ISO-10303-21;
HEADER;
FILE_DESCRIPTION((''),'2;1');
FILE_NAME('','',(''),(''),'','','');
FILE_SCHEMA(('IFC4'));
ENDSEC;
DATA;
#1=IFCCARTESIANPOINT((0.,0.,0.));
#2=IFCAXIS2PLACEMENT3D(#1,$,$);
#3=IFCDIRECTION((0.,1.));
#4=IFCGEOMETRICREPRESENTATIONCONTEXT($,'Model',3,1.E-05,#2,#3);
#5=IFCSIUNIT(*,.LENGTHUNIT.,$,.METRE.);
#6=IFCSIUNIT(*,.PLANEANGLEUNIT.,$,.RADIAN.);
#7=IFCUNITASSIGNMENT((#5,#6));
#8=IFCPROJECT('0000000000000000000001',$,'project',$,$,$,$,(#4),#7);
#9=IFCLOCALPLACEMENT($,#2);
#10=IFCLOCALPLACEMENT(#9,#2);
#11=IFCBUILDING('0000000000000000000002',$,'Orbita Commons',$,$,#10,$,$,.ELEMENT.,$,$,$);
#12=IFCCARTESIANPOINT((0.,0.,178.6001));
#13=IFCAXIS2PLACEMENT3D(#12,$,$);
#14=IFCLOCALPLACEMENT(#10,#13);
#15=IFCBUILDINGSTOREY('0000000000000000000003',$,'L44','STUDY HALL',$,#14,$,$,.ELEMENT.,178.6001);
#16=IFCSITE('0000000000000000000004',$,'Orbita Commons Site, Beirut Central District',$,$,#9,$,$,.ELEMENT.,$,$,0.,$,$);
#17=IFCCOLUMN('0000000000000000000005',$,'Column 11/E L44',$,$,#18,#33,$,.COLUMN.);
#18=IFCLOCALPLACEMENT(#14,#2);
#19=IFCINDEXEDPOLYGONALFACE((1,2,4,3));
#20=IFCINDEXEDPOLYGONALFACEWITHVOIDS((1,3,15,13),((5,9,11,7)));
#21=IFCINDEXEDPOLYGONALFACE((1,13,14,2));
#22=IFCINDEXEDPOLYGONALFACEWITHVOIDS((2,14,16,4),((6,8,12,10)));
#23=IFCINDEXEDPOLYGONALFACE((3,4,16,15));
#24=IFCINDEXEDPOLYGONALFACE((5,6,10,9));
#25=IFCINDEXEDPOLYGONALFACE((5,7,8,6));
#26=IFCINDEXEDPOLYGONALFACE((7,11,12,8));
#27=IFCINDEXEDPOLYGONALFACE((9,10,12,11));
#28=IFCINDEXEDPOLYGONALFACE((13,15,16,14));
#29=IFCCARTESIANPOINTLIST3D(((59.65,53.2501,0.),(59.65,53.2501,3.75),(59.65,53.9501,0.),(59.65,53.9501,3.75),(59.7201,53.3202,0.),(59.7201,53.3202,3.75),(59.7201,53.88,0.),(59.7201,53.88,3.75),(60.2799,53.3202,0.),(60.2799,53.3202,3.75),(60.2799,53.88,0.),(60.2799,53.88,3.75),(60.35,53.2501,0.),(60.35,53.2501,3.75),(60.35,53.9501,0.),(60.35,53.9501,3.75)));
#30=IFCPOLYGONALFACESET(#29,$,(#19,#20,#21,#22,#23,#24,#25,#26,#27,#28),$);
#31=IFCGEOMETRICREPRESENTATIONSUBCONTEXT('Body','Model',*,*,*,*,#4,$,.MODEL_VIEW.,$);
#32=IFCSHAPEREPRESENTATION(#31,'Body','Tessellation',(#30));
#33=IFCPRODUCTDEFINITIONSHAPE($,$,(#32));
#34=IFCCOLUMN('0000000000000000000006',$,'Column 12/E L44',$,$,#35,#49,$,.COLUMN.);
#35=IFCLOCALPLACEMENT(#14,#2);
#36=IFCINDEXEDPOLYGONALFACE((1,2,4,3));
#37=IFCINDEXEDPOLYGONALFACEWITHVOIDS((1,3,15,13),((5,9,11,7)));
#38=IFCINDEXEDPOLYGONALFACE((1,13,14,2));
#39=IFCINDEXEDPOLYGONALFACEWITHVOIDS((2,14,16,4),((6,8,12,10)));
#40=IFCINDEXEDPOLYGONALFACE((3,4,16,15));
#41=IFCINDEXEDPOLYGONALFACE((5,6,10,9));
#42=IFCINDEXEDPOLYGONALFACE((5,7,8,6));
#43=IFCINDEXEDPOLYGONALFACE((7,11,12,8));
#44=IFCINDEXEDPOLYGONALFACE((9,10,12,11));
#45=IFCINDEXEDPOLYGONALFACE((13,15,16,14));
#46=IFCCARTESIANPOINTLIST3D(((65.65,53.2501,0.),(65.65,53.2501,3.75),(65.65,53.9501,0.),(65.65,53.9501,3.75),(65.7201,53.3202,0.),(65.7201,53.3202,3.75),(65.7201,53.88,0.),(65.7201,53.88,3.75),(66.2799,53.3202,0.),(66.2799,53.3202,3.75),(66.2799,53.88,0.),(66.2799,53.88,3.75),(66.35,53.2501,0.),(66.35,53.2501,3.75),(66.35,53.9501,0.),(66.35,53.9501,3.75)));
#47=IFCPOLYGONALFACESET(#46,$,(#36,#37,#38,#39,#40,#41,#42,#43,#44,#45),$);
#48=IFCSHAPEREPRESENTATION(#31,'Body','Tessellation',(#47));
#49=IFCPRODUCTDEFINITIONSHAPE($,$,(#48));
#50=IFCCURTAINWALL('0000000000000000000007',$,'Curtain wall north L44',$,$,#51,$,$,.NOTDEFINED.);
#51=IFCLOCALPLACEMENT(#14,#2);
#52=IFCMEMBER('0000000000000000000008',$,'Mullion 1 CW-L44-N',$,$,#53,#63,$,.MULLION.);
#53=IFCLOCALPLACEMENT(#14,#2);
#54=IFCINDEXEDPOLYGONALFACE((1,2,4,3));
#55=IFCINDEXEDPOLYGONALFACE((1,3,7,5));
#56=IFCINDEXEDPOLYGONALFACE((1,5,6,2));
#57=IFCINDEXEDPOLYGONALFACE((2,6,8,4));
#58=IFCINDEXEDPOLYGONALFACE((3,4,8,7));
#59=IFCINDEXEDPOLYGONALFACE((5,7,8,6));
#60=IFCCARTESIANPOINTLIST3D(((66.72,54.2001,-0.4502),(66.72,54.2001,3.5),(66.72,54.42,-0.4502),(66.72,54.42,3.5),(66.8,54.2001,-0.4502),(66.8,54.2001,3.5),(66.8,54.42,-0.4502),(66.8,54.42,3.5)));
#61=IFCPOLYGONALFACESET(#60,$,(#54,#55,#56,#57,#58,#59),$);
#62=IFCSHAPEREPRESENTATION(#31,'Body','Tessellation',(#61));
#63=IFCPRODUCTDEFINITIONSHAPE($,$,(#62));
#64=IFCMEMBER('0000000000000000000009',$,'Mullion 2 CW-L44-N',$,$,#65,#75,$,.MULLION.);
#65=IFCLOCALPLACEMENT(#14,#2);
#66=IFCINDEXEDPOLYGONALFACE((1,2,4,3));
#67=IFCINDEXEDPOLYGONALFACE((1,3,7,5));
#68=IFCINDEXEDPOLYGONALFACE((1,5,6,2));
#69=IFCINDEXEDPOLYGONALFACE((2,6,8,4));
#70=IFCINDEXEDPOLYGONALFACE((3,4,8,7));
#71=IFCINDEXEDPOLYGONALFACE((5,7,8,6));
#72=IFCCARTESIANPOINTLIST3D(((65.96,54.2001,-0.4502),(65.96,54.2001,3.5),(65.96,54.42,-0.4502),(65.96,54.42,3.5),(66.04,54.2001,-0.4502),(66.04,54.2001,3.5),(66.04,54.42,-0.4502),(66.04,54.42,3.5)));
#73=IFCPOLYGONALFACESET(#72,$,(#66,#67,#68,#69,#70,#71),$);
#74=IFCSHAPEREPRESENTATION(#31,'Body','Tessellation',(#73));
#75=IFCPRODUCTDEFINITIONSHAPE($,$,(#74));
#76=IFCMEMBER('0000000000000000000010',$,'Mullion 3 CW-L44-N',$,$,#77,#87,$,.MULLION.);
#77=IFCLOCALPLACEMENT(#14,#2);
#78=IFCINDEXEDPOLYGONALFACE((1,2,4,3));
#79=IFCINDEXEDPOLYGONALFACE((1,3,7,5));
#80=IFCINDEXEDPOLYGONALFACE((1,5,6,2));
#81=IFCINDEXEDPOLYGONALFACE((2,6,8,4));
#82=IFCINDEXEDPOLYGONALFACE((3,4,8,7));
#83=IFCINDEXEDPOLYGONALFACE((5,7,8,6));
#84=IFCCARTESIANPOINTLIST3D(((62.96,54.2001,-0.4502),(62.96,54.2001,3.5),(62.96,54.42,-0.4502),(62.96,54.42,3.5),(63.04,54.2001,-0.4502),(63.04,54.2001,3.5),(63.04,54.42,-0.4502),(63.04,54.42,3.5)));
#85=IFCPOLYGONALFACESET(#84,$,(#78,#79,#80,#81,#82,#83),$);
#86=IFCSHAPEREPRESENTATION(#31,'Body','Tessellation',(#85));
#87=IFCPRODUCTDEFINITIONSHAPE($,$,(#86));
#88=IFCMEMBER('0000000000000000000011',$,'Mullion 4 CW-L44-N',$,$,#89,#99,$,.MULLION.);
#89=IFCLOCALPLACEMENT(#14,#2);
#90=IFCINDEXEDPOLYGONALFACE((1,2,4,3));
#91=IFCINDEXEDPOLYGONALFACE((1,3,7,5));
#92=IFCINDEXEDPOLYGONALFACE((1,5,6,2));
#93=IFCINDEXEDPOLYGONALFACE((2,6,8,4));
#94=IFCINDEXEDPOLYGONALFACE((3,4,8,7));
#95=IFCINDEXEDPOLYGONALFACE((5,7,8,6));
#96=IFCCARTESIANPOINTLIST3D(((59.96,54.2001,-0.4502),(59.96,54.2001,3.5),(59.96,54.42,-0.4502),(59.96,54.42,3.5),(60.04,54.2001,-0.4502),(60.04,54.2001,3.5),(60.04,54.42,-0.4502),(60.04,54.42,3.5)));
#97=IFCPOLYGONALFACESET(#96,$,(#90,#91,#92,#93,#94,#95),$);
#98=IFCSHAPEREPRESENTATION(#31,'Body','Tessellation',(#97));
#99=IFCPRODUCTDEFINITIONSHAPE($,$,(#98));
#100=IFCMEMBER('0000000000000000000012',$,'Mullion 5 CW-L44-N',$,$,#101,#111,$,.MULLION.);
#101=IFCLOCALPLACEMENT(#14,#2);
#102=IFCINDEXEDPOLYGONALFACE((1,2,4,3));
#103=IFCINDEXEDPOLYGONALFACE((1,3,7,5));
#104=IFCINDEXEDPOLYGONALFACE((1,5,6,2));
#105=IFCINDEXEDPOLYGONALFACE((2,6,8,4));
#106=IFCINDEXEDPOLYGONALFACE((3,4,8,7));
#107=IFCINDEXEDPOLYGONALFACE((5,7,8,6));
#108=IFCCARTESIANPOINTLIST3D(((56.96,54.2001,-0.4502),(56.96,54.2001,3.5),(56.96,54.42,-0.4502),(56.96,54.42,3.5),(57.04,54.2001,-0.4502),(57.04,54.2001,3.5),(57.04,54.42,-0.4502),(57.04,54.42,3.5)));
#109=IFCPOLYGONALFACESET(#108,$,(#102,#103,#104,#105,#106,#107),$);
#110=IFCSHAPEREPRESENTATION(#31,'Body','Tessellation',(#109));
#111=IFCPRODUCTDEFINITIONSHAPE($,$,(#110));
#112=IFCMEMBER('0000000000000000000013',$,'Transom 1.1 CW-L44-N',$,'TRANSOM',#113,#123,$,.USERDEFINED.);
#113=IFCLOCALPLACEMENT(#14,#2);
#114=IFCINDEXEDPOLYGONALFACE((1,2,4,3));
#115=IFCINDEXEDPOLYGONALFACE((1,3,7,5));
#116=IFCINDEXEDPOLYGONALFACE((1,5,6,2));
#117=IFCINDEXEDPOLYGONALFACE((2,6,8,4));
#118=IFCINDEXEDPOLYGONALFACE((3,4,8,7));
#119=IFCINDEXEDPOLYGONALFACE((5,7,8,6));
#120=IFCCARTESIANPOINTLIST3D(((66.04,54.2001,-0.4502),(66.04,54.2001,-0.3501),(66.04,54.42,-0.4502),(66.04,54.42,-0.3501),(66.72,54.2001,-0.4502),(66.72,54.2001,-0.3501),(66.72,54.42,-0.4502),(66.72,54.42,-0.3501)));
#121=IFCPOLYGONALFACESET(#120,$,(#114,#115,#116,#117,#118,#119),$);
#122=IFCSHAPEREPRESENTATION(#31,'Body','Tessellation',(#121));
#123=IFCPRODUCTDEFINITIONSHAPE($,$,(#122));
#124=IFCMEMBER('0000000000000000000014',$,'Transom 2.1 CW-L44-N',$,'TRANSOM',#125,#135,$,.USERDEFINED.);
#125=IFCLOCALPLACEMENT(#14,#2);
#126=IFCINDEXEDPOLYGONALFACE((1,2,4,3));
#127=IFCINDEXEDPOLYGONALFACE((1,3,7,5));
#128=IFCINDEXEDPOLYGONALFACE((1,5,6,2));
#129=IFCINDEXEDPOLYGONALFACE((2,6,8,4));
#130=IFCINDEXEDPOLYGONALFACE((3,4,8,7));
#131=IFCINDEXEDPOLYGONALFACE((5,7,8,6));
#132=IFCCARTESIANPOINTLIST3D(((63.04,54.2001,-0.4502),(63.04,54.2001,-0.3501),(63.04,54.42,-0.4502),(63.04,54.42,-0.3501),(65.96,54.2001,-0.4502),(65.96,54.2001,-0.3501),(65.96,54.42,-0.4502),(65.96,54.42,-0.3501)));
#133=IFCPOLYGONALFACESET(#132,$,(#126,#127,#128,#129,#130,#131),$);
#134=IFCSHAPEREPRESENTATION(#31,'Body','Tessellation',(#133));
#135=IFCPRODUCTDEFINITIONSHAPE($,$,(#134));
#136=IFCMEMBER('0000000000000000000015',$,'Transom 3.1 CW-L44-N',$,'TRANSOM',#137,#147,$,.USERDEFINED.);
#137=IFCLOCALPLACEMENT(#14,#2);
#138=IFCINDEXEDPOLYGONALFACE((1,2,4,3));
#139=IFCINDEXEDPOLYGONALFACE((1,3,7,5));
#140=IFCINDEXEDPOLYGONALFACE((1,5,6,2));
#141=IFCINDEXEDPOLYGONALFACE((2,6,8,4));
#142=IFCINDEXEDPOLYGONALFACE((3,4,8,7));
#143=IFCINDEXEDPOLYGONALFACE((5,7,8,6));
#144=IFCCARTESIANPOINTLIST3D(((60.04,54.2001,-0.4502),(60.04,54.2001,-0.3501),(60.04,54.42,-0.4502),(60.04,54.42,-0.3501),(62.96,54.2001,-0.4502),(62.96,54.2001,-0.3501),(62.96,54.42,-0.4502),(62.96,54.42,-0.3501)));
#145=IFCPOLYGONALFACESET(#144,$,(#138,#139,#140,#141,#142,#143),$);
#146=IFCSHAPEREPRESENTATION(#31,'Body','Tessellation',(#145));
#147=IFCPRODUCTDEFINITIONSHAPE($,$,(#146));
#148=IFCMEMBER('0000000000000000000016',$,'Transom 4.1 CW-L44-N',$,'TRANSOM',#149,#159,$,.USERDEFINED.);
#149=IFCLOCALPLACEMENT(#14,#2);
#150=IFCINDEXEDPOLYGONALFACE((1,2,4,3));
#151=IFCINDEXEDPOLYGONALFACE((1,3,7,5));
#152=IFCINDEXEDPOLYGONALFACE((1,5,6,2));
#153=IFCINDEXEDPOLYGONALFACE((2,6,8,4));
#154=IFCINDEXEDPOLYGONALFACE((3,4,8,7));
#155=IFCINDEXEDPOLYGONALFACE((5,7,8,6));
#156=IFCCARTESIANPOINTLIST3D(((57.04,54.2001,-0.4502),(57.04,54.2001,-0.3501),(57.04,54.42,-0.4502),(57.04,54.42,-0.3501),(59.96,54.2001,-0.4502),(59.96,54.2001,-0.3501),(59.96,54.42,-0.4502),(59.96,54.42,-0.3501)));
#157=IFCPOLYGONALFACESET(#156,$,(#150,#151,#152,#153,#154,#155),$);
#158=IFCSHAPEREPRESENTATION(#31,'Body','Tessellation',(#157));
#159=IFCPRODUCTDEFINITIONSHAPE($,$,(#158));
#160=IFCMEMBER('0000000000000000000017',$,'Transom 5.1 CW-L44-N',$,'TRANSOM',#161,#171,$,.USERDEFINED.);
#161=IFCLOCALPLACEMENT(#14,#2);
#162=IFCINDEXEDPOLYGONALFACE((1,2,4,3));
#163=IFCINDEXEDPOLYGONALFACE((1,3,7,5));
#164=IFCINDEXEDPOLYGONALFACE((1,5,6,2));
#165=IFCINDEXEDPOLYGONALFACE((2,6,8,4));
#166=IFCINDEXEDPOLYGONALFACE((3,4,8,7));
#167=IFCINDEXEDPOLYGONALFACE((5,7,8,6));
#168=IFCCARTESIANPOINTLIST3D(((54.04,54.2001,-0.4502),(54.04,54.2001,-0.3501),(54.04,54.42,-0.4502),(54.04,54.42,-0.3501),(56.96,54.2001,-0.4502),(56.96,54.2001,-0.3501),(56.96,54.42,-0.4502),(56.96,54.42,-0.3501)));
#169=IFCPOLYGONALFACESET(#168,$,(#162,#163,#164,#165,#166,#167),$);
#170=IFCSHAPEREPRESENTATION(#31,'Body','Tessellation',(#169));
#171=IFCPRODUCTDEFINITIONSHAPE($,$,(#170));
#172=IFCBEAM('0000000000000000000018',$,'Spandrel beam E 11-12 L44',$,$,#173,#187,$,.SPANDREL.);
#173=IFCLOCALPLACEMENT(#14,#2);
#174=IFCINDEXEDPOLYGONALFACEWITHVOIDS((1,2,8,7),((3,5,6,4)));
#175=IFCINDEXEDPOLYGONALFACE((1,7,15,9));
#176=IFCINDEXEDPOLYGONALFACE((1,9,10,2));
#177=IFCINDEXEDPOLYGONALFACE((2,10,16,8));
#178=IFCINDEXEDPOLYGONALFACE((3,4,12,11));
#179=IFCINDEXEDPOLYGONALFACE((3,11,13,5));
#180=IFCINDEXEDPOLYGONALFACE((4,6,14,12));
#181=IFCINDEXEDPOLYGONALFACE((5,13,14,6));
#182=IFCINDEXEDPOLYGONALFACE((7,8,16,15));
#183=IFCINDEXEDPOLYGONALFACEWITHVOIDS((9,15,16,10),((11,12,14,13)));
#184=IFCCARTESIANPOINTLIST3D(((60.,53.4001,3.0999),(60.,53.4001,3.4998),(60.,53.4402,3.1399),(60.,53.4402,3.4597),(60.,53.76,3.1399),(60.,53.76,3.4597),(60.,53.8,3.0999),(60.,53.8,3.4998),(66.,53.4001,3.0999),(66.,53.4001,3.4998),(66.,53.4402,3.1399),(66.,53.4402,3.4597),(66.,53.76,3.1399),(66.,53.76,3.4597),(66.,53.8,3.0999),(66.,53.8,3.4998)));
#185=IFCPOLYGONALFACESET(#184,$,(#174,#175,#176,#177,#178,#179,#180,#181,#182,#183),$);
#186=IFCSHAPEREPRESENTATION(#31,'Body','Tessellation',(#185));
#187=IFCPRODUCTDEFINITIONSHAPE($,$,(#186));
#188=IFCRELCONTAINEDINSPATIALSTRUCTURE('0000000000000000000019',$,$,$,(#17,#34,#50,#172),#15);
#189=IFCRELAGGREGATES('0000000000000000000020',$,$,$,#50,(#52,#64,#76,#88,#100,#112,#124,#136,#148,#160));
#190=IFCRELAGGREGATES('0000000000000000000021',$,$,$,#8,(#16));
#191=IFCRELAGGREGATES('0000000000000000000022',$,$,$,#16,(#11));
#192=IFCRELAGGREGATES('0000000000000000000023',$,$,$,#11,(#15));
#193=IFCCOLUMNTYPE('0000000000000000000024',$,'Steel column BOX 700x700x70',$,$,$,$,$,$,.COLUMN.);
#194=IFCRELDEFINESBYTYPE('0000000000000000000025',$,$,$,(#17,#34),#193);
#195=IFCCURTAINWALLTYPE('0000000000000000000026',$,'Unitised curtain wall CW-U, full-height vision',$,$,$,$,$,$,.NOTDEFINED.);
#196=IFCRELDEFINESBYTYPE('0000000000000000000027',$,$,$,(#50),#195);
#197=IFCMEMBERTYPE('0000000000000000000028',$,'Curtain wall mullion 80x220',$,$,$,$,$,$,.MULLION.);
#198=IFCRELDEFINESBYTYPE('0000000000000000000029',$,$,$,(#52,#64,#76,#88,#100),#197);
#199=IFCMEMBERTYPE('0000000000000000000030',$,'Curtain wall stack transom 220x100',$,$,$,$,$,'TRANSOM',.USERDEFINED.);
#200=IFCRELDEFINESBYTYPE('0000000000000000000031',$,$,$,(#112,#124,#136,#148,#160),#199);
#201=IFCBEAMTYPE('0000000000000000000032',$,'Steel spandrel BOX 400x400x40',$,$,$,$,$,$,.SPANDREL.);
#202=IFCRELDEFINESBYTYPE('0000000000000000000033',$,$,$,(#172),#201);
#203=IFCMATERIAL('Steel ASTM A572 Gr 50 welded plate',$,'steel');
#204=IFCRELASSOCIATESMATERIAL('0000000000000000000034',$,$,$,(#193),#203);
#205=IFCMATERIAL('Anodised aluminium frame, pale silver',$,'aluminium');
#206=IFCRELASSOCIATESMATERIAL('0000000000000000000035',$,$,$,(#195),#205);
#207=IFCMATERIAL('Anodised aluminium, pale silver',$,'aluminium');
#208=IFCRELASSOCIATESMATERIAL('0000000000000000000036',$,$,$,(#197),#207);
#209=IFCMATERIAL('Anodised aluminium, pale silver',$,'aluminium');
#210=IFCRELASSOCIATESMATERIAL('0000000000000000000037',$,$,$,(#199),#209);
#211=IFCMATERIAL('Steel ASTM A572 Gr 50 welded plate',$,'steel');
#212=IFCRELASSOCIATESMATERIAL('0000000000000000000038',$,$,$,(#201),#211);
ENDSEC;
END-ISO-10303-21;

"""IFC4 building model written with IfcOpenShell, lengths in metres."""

from ifc_helpers import new_model, si_unit, direction, frame, origin, origin_2d, place, context, subcontext, project, spatial, rectangle, hollow_rectangle, extrude, material, material_profile, profile_set, type_object, element, aggregate, save


model = new_model("IFC4")

# Units and contexts
model_context = context("Model", 3, precision=1e-05, world=origin(), true_north=direction((0.0, 1.0)))
body_context = subcontext(model_context, "Body", "Model", "MODEL_VIEW")
ifc_project = project(units=[si_unit("LENGTHUNIT", "METRE"), si_unit("PLANEANGLEUNIT", "RADIAN")], contexts=[model_context])

# Site, building, storey
site_placement = place(None, origin())
site = spatial("IfcSite", under=ifc_project, at=site_placement, Name="Orbita Commons Site, Beirut Central District", CompositionType="ELEMENT", RefElevation=0.0)
building_placement = place(site_placement, origin())
building = spatial("IfcBuilding", under=site, at=building_placement, Name="Orbita Commons", CompositionType="ELEMENT")
storey_placement = place(building_placement, frame((0.0, 0.0, 178.6001)))
storey = spatial("IfcBuildingStorey", under=building, at=storey_placement, Name="L44", Description="STUDY HALL", CompositionType="ELEMENT", Elevation=178.6001)

# Columns
ifc_material_1 = material(Name="Steel ASTM A572 Gr 50 welded plate", Category="steel")
ifc_material_profile_1 = material_profile(ifc_material_1, hollow_rectangle(XDim=0.7, YDim=0.7, WallThickness=0.0701, at=origin_2d()), Name="BOX 700x700x70")
ifc_profile_set_1 = profile_set([ifc_material_profile_1], Name="Steel ASTM A572 Gr 50 welded plate")
column_type = type_object("IfcColumnType", Name="Steel column BOX 700x700x70", PredefinedType="COLUMN", material=ifc_profile_set_1)
for number, where, z_axis, x_axis, name in (
    (1, (60.0, 53.6001, 0.0), (0.0, 0.0, 1.0), (1.0, 0.0, 0.0), "Column 11/E L44"),
    (2, (66.0, 53.6001, 0.0), (0.0, 0.0, 1.0), (1.0, 0.0, 0.0), "Column 12/E L44"),
):
    element("IfcColumn", number, at=place(storey_placement, frame(where, z_axis=z_axis, x_axis=x_axis)), inside=storey, type_object=column_type, Name=name, PredefinedType="COLUMN", context=body_context, shape_type="SweptSolid", body=[
        extrude(hollow_rectangle(XDim=0.7, YDim=0.7, WallThickness=0.0701, at=origin_2d()), origin(), (0.0, 0.0, 1.0), 3.75),
    ])

# Curtain wall, members
ifc_material_2 = material(Name="Anodised aluminium frame, pale silver", Category="aluminium")
curtain_wall_type = type_object("IfcCurtainWallType", Name="Unitised curtain wall CW-U, full-height vision", PredefinedType="NOTDEFINED", material=ifc_material_2)
curtain_wall_placement = place(storey_placement, origin())
curtain_wall = element("IfcCurtainWall", 3, at=curtain_wall_placement, inside=storey, type_object=curtain_wall_type, Name="Curtain wall north L44", PredefinedType="NOTDEFINED")
ifc_material_3 = material(Name="Anodised aluminium, pale silver", Category="aluminium")
ifc_material_profile_2 = material_profile(ifc_material_3, rectangle(XDim=0.0801, YDim=0.22, at=origin_2d()), Name="AL 80x220")
ifc_profile_set_2 = profile_set([ifc_material_profile_2], Name="Anodised aluminium, pale silver")
member_type_1 = type_object("IfcMemberType", Name="Curtain wall mullion 80x220", PredefinedType="MULLION", material=ifc_profile_set_2)
member_1_placement = place(storey_placement, frame((66.76, 54.3101, -0.4502), z_axis=(0.0, 0.0, 1.0), x_axis=(-1.0, 0.0, 0.0)))
member_1 = element("IfcMember", 4, at=member_1_placement, type_object=member_type_1, Name="Mullion 1 CW-L44-N", PredefinedType="MULLION", context=body_context, shape_type="SweptSolid", body=[
    extrude(rectangle(XDim=0.0801, YDim=0.22, at=origin_2d()), origin(), (0.0, 0.0, 1.0), 3.9502),
])
member_2_placement = place(storey_placement, frame((66.0, 54.3101, -0.4502), z_axis=(0.0, 0.0, 1.0), x_axis=(-1.0, 0.0, 0.0)))
member_2 = element("IfcMember", 5, at=member_2_placement, type_object=member_type_1, Name="Mullion 2 CW-L44-N", PredefinedType="MULLION", context=body_context, shape_type="SweptSolid", body=[
    extrude(rectangle(XDim=0.0801, YDim=0.22, at=origin_2d()), origin(), (0.0, 0.0, 1.0), 3.9502),
])
member_3_placement = place(storey_placement, frame((63.0, 54.3101, -0.4502), z_axis=(0.0, 0.0, 1.0), x_axis=(-1.0, 0.0, 0.0)))
member_3 = element("IfcMember", 6, at=member_3_placement, type_object=member_type_1, Name="Mullion 3 CW-L44-N", PredefinedType="MULLION", context=body_context, shape_type="SweptSolid", body=[
    extrude(rectangle(XDim=0.0801, YDim=0.22, at=origin_2d()), origin(), (0.0, 0.0, 1.0), 3.9502),
])
member_4_placement = place(storey_placement, frame((60.0, 54.3101, -0.4502), z_axis=(0.0, 0.0, 1.0), x_axis=(-1.0, 0.0, 0.0)))
member_4 = element("IfcMember", 7, at=member_4_placement, type_object=member_type_1, Name="Mullion 4 CW-L44-N", PredefinedType="MULLION", context=body_context, shape_type="SweptSolid", body=[
    extrude(rectangle(XDim=0.0801, YDim=0.22, at=origin_2d()), origin(), (0.0, 0.0, 1.0), 3.9502),
])
member_5_placement = place(storey_placement, frame((57.0, 54.3101, -0.4502), z_axis=(0.0, 0.0, 1.0), x_axis=(-1.0, 0.0, 0.0)))
member_5 = element("IfcMember", 8, at=member_5_placement, type_object=member_type_1, Name="Mullion 5 CW-L44-N", PredefinedType="MULLION", context=body_context, shape_type="SweptSolid", body=[
    extrude(rectangle(XDim=0.0801, YDim=0.22, at=origin_2d()), origin(), (0.0, 0.0, 1.0), 3.9502),
])
ifc_material_4 = material(Name="Anodised aluminium, pale silver", Category="aluminium")
ifc_material_profile_3 = material_profile(ifc_material_4, rectangle(XDim=0.22, YDim=0.1001, at=origin_2d()), Name="AL 220x100")
ifc_profile_set_3 = profile_set([ifc_material_profile_3], Name="Anodised aluminium, pale silver")
member_type_2 = type_object("IfcMemberType", Name="Curtain wall stack transom 220x100", ElementType="TRANSOM", PredefinedType="USERDEFINED", material=ifc_profile_set_3)
member_6_placement = place(storey_placement, frame((66.72, 54.3101, -0.4001), z_axis=(-1.0, 0.0, 0.0), x_axis=(0.0, -1.0, 0.0)))
member_6 = element("IfcMember", 9, at=member_6_placement, type_object=member_type_2, Name="Transom 1.1 CW-L44-N", ObjectType="TRANSOM", PredefinedType="USERDEFINED", context=body_context, shape_type="SweptSolid", body=[
    extrude(rectangle(XDim=0.22, YDim=0.1001, at=origin_2d()), origin(), (0.0, 0.0, 1.0), 0.6799),
])
member_7_placement = place(storey_placement, frame((65.96, 54.3101, -0.4001), z_axis=(-1.0, 0.0, 0.0), x_axis=(0.0, -1.0, 0.0)))
member_7 = element("IfcMember", 10, at=member_7_placement, type_object=member_type_2, Name="Transom 2.1 CW-L44-N", ObjectType="TRANSOM", PredefinedType="USERDEFINED", context=body_context, shape_type="SweptSolid", body=[
    extrude(rectangle(XDim=0.22, YDim=0.1001, at=origin_2d()), origin(), (0.0, 0.0, 1.0), 2.9199),
])
member_8_placement = place(storey_placement, frame((62.96, 54.3101, -0.4001), z_axis=(-1.0, 0.0, 0.0), x_axis=(0.0, -1.0, 0.0)))
member_8 = element("IfcMember", 11, at=member_8_placement, type_object=member_type_2, Name="Transom 3.1 CW-L44-N", ObjectType="TRANSOM", PredefinedType="USERDEFINED", context=body_context, shape_type="SweptSolid", body=[
    extrude(rectangle(XDim=0.22, YDim=0.1001, at=origin_2d()), origin(), (0.0, 0.0, 1.0), 2.9199),
])
member_9_placement = place(storey_placement, frame((59.96, 54.3101, -0.4001), z_axis=(-1.0, 0.0, 0.0), x_axis=(0.0, -1.0, 0.0)))
member_9 = element("IfcMember", 12, at=member_9_placement, type_object=member_type_2, Name="Transom 4.1 CW-L44-N", ObjectType="TRANSOM", PredefinedType="USERDEFINED", context=body_context, shape_type="SweptSolid", body=[
    extrude(rectangle(XDim=0.22, YDim=0.1001, at=origin_2d()), origin(), (0.0, 0.0, 1.0), 2.9199),
])
member_10_placement = place(storey_placement, frame((56.96, 54.3101, -0.4001), z_axis=(-1.0, 0.0, 0.0), x_axis=(0.0, -1.0, 0.0)))
member_10 = element("IfcMember", 13, at=member_10_placement, type_object=member_type_2, Name="Transom 5.1 CW-L44-N", ObjectType="TRANSOM", PredefinedType="USERDEFINED", context=body_context, shape_type="SweptSolid", body=[
    extrude(rectangle(XDim=0.22, YDim=0.1001, at=origin_2d()), origin(), (0.0, 0.0, 1.0), 2.9199),
])

# Beam
ifc_material_5 = material(Name="Steel ASTM A572 Gr 50 welded plate", Category="steel")
ifc_material_profile_4 = material_profile(ifc_material_5, hollow_rectangle(XDim=0.3999, YDim=0.3999, WallThickness=0.04, at=origin_2d()), Name="BOX 400x400x40")
ifc_profile_set_4 = profile_set([ifc_material_profile_4], Name="Steel ASTM A572 Gr 50 welded plate")
beam_type = type_object("IfcBeamType", Name="Steel spandrel BOX 400x400x40", PredefinedType="SPANDREL", material=ifc_profile_set_4)
beam_placement = place(storey_placement, frame((60.0, 53.6001, 3.2998), z_axis=(1.0, 0.0, 0.0), x_axis=(0.0, 1.0, 0.0)))
element("IfcBeam", 14, at=beam_placement, inside=storey, type_object=beam_type, Name="Spandrel beam E 11-12 L44", PredefinedType="SPANDREL", context=body_context, shape_type="SweptSolid", body=[
    extrude(hollow_rectangle(XDim=0.3999, YDim=0.3999, WallThickness=0.04, at=origin_2d()), origin(), (0.0, 0.0, 1.0), 6.0),
])

aggregate(curtain_wall, [member_1, member_2, member_3, member_4, member_5, member_6, member_7, member_8, member_9, member_10])

save(model, "model.ifc")
